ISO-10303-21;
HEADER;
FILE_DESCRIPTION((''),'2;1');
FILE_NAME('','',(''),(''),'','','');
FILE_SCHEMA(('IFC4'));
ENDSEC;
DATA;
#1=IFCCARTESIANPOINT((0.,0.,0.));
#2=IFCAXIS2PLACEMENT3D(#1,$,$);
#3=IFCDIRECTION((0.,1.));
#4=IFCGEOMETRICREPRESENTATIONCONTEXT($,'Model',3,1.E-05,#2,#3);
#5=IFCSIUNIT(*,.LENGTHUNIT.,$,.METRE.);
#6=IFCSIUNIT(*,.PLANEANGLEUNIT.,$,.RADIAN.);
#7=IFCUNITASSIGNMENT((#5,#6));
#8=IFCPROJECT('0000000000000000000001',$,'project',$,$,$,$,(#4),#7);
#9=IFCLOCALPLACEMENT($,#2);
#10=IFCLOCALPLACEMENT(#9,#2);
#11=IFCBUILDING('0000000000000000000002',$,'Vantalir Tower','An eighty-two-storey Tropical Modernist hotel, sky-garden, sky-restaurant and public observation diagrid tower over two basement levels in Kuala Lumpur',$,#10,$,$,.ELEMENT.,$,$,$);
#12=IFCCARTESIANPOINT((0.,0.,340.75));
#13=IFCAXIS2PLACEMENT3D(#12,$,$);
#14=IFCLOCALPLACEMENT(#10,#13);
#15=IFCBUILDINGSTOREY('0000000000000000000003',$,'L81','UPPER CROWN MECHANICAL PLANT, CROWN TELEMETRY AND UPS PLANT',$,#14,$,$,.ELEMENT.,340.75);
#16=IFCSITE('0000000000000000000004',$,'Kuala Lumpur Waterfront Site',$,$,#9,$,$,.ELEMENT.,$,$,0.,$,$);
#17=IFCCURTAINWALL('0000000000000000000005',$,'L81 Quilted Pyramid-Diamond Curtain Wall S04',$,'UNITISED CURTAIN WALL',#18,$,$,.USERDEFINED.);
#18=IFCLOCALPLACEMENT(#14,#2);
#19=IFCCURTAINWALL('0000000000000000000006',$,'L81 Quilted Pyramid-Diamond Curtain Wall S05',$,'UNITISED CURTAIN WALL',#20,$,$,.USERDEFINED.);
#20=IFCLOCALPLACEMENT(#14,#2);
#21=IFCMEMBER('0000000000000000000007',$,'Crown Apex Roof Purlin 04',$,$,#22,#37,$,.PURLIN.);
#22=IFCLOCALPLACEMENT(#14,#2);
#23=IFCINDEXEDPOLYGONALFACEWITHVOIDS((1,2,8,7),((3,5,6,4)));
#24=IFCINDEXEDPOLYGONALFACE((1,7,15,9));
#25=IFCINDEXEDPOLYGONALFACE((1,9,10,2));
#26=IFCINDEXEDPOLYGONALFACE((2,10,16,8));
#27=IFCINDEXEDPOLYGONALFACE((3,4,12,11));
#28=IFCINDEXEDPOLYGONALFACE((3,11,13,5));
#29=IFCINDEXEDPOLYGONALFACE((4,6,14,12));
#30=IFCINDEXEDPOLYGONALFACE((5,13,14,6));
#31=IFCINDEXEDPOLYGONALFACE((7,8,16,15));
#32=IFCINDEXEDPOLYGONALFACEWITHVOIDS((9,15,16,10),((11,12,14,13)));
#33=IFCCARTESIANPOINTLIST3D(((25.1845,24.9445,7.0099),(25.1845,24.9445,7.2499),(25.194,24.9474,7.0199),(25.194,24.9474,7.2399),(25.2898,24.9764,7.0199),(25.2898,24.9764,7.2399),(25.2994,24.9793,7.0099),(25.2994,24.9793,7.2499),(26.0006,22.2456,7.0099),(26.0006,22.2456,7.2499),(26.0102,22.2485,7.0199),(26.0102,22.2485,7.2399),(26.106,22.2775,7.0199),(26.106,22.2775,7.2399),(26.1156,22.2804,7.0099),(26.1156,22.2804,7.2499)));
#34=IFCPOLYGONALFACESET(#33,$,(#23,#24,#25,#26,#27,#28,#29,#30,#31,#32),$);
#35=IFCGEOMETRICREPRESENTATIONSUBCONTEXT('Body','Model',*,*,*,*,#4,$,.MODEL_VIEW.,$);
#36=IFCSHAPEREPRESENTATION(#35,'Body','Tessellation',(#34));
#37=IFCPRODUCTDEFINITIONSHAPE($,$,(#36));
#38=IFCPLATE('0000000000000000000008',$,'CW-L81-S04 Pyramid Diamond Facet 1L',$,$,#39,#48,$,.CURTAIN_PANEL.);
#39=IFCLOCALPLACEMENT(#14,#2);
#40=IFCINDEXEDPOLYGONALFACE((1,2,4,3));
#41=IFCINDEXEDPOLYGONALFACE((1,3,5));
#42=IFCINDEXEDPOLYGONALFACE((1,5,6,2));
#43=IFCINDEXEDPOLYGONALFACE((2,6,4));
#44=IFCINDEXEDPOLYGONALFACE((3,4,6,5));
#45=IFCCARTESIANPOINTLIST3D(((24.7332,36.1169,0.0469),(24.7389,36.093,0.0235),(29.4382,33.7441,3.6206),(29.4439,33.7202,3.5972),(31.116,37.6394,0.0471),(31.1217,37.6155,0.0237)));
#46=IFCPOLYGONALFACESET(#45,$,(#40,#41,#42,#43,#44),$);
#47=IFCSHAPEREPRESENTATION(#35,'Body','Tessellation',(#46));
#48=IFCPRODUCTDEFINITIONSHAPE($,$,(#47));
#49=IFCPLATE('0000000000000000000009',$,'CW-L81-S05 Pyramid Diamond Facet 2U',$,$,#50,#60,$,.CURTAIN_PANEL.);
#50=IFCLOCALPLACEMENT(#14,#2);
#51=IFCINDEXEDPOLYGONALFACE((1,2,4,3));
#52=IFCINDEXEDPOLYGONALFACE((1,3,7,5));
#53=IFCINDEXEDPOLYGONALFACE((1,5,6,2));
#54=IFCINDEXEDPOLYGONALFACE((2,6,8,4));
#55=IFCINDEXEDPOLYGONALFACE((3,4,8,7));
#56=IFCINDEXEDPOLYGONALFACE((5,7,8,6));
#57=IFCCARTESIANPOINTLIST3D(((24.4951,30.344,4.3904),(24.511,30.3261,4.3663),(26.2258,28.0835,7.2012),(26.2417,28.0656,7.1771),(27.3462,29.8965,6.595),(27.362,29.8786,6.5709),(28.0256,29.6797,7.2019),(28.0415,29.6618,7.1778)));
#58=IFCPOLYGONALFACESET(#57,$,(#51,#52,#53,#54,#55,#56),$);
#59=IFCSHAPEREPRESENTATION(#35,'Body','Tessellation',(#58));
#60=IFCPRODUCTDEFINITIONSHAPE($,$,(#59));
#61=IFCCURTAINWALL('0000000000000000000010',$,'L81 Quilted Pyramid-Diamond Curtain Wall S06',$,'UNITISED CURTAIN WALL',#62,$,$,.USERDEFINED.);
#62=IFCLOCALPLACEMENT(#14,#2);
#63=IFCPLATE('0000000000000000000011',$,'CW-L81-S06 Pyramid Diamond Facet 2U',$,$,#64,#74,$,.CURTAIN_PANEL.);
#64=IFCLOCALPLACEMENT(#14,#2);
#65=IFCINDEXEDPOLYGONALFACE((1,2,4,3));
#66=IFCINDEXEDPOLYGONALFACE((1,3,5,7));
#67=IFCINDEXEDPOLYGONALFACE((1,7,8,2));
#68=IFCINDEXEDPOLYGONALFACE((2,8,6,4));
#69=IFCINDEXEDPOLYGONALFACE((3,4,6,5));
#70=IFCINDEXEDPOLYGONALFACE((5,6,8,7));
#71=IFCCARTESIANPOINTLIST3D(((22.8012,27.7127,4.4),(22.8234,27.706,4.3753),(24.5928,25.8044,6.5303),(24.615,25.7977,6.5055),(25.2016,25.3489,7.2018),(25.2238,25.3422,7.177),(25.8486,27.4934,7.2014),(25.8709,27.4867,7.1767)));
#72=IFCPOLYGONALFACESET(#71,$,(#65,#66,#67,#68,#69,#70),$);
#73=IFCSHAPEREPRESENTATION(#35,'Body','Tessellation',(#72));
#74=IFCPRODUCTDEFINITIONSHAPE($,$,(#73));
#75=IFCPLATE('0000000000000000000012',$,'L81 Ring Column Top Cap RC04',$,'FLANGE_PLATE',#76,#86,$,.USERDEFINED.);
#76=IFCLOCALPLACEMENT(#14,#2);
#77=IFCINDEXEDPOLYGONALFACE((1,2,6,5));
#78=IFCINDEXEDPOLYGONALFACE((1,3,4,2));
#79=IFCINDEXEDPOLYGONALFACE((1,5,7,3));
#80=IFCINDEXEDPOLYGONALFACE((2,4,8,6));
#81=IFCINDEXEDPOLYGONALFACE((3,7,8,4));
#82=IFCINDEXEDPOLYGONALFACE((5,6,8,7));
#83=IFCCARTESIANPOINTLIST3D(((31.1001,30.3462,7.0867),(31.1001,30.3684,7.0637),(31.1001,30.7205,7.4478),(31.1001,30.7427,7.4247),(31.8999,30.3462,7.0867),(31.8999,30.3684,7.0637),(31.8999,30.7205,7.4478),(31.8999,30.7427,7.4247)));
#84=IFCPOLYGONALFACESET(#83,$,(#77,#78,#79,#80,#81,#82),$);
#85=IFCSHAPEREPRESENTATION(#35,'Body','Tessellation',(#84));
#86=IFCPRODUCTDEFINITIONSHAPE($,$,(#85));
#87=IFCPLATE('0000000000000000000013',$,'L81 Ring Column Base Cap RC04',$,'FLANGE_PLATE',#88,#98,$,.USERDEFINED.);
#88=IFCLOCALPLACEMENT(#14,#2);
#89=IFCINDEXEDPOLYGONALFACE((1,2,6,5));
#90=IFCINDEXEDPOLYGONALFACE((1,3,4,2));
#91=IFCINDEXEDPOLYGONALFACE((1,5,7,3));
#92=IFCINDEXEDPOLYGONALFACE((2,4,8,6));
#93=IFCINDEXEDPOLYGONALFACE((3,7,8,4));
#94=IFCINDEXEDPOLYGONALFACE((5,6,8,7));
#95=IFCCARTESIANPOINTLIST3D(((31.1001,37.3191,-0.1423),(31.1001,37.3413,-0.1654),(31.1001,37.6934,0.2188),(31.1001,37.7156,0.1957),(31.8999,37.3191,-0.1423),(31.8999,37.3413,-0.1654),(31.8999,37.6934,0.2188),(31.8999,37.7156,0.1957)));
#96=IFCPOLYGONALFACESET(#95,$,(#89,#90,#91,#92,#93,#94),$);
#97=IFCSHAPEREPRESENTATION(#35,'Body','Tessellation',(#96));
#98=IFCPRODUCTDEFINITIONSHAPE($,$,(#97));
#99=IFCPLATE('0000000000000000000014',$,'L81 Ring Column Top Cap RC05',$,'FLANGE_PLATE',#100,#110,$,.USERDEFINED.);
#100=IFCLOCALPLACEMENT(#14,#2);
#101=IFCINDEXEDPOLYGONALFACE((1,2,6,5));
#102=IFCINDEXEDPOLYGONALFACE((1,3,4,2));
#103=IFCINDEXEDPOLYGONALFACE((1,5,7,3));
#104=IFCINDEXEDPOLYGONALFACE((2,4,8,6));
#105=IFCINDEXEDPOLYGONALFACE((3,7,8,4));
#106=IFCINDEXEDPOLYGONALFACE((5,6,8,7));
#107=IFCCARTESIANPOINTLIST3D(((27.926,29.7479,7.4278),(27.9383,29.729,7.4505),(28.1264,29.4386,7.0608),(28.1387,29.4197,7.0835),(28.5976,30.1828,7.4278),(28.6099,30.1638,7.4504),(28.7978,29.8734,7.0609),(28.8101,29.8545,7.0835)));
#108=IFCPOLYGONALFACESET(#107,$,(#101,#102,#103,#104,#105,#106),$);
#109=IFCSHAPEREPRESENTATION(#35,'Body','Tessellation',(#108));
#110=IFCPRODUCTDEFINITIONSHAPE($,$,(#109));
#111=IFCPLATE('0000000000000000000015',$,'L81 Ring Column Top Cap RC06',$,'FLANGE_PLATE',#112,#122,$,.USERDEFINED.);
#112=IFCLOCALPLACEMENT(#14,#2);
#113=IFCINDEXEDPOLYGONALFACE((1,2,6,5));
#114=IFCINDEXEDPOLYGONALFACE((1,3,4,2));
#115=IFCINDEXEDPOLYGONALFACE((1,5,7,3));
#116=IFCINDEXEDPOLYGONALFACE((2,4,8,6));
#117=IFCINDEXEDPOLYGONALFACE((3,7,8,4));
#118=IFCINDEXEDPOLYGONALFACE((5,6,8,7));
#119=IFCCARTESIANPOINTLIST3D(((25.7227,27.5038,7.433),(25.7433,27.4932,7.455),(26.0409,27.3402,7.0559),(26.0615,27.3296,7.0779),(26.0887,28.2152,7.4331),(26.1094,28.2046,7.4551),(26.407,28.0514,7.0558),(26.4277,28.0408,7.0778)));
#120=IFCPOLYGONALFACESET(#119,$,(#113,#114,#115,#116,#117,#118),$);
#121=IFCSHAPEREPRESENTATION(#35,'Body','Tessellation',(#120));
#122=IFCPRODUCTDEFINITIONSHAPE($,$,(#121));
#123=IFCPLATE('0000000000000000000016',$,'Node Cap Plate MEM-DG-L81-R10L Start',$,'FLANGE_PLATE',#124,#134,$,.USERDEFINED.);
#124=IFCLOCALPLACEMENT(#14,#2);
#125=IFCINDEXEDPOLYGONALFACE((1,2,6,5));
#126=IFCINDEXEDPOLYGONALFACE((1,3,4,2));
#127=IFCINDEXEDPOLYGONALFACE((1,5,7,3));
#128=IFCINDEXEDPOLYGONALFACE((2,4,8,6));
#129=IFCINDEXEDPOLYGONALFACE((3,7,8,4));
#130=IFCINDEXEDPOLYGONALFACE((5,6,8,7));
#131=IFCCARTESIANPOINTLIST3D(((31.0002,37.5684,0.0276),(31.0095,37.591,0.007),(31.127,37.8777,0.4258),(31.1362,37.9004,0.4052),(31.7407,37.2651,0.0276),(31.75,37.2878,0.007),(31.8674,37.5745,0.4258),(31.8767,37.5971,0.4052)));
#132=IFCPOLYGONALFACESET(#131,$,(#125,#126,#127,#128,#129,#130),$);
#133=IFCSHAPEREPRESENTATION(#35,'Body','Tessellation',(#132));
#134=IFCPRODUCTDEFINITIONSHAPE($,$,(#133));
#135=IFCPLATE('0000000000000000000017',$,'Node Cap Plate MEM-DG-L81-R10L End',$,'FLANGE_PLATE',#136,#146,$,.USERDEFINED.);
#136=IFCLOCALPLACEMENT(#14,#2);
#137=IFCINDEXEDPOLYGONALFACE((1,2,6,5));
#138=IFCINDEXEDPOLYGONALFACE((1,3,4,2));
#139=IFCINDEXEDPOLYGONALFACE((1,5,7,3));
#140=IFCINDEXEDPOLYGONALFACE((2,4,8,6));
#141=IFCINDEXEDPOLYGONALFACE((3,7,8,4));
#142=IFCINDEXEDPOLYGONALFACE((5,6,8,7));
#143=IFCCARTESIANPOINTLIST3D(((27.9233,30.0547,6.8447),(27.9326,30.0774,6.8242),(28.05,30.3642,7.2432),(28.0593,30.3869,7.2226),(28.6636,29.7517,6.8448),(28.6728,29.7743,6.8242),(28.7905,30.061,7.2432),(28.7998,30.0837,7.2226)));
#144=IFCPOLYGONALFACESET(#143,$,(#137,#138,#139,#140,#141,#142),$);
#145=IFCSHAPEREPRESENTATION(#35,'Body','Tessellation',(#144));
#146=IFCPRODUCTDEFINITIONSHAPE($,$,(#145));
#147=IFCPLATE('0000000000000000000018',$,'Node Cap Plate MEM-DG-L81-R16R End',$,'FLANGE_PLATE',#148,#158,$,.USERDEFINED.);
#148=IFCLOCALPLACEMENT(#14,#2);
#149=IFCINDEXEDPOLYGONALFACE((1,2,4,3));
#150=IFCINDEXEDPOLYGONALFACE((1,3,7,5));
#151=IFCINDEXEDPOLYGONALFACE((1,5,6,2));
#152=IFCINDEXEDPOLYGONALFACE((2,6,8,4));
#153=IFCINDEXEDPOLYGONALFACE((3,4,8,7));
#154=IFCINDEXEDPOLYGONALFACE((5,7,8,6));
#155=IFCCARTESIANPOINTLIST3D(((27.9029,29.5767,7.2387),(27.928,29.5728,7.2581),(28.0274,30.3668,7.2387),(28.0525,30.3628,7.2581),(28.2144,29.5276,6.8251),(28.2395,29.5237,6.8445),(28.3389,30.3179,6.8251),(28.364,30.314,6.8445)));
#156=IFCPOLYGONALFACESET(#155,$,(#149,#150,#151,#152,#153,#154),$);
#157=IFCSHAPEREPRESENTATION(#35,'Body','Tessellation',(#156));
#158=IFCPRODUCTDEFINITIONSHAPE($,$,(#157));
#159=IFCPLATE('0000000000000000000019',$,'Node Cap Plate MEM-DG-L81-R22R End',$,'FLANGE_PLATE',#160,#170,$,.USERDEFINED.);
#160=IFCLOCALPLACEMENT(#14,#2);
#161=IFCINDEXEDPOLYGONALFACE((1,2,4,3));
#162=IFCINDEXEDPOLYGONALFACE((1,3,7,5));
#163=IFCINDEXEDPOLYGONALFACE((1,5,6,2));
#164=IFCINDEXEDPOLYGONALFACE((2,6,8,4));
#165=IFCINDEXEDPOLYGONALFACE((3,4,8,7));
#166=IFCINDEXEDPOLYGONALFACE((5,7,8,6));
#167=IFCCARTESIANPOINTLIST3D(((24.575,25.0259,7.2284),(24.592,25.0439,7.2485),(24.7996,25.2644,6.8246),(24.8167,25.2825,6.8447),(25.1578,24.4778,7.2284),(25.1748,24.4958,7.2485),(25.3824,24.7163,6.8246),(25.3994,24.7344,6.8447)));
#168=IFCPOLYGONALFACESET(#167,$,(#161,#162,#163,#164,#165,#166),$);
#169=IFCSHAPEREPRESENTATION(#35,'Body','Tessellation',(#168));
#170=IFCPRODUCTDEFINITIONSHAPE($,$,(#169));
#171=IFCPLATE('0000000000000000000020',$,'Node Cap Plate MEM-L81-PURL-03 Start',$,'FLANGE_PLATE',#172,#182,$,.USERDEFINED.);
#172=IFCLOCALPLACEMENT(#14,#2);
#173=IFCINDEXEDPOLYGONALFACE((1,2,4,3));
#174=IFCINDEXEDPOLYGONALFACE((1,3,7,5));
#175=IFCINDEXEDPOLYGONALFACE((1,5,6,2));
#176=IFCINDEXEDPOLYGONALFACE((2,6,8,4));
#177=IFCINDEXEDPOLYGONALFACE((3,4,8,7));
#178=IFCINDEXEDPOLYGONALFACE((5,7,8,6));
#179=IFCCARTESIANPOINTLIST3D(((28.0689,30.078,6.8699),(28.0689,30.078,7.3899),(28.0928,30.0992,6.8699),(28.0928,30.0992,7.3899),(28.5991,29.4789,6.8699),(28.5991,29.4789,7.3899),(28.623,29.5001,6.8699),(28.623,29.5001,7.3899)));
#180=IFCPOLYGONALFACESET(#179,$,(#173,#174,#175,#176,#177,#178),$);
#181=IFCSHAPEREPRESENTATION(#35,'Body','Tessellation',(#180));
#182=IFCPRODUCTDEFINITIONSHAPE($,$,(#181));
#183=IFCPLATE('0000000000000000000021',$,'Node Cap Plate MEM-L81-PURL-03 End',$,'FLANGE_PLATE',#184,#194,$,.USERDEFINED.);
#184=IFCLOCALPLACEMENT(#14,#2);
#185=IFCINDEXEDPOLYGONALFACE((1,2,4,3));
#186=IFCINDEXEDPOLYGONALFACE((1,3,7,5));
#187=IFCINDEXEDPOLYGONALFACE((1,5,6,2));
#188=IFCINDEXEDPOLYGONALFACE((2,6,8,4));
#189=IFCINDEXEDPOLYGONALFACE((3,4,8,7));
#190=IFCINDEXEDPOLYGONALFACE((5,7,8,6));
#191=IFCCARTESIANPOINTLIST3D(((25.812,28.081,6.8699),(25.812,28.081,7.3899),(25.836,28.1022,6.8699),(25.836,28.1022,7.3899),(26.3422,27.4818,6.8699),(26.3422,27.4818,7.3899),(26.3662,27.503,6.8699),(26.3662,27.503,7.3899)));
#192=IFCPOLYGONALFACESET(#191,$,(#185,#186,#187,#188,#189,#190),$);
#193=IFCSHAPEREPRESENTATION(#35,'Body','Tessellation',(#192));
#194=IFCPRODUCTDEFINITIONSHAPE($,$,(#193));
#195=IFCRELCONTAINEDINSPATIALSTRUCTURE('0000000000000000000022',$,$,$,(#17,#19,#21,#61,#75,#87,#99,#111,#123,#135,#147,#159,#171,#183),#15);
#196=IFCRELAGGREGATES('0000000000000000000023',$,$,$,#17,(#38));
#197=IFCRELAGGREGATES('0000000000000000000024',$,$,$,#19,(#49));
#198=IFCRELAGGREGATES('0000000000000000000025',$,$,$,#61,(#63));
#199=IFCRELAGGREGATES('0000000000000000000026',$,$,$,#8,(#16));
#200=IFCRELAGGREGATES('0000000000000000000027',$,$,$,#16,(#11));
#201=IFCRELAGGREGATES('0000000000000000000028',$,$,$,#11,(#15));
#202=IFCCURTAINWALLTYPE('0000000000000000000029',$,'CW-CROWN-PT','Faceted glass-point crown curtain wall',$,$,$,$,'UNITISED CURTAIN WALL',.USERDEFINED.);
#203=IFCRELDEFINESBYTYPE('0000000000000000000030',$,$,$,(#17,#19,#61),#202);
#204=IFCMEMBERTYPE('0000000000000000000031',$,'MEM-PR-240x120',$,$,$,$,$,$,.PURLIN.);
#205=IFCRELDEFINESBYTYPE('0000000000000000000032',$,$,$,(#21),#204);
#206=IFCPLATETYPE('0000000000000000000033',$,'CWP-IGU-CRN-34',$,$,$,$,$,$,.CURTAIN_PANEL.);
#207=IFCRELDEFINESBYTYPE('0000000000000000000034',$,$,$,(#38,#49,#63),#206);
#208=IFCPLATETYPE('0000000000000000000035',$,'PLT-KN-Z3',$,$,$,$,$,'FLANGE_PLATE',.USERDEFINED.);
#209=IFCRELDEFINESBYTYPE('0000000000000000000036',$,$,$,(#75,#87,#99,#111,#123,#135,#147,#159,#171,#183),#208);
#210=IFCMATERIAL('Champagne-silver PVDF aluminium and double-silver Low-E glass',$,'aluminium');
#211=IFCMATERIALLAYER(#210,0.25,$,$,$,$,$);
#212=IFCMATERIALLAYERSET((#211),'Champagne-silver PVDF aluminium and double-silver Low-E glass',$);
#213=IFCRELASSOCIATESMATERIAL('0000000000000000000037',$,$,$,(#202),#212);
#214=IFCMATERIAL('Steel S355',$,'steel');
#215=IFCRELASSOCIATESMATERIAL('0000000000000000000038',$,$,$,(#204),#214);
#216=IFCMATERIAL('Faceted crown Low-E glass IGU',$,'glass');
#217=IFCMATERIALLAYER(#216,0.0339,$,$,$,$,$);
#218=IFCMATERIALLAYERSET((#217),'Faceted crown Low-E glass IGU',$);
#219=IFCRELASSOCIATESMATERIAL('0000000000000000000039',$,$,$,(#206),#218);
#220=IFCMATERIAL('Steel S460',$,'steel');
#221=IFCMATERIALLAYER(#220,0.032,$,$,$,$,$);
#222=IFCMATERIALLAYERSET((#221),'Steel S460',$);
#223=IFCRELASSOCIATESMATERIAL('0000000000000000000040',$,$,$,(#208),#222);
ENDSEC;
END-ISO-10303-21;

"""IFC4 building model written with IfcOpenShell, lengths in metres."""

from ifc_helpers import new_model, si_unit, direction, frame, origin, origin_2d, place, context, subcontext, project, spatial, polyline, rectangle, hollow_rectangle, outline, extrude, material, layer, layer_set, material_profile, profile_set, type_object, element, aggregate, save


model = new_model("IFC4")

# Units and contexts
model_context = context("Model", 3, precision=1e-05, world=origin(), true_north=direction((0.0, 1.0)))
body_context = subcontext(model_context, "Body", "Model", "MODEL_VIEW")
ifc_project = project(units=[si_unit("LENGTHUNIT", "METRE"), si_unit("PLANEANGLEUNIT", "RADIAN")], contexts=[model_context])

# Site, building, storey
site_placement = place(None, origin())
site = spatial("IfcSite", under=ifc_project, at=site_placement, Name="Kuala Lumpur Waterfront Site", CompositionType="ELEMENT", RefElevation=0.0)
building_placement = place(site_placement, origin())
building = spatial("IfcBuilding", under=site, at=building_placement, Name="Vantalir Tower", Description="An eighty-two-storey Tropical Modernist hotel, sky-garden, sky-restaurant and public observation diagrid tower over two basement levels in Kuala Lumpur", CompositionType="ELEMENT")
storey_placement = place(building_placement, frame((0.0, 0.0, 340.75)))
storey = spatial("IfcBuildingStorey", under=building, at=storey_placement, Name="L81", Description="UPPER CROWN MECHANICAL PLANT, CROWN TELEMETRY AND UPS PLANT", CompositionType="ELEMENT", Elevation=340.75)

# Shared definitions
ifc_material_1 = material(Name="Steel S460", Category="steel")

# Curtain wall
ifc_material_2 = material(Name="Champagne-silver PVDF aluminium and double-silver Low-E glass", Category="aluminium")
ifc_layer_1 = layer(ifc_material_2, 0.25)
ifc_layer_set_1 = layer_set([ifc_layer_1], Name="Champagne-silver PVDF aluminium and double-silver Low-E glass")
curtain_wall_type = type_object("IfcCurtainWallType", Name="CW-CROWN-PT", Description="Faceted glass-point crown curtain wall", ElementType="UNITISED CURTAIN WALL", PredefinedType="USERDEFINED", material=ifc_layer_set_1)
curtain_wall_1_placement = place(storey_placement, origin())
curtain_wall_1 = element("IfcCurtainWall", 1, at=curtain_wall_1_placement, inside=storey, type_object=curtain_wall_type, Name="L81 Quilted Pyramid-Diamond Curtain Wall S04", ObjectType="UNITISED CURTAIN WALL", PredefinedType="USERDEFINED")

# Curtain wall
curtain_wall_2_placement = place(storey_placement, origin())
curtain_wall_2 = element("IfcCurtainWall", 2, at=curtain_wall_2_placement, inside=storey, type_object=curtain_wall_type, Name="L81 Quilted Pyramid-Diamond Curtain Wall S05", ObjectType="UNITISED CURTAIN WALL", PredefinedType="USERDEFINED")

# Member
ifc_material_3 = material(Name="Steel S355", Category="steel")
ifc_material_profile_1 = material_profile(ifc_material_3, hollow_rectangle(XDim=0.1201, YDim=0.24, WallThickness=0.01, at=origin_2d()), Name="Steel S355")
ifc_profile_set_1 = profile_set([ifc_material_profile_1], Name="Steel S355")
member_type_1 = type_object("IfcMemberType", Name="MEM-PR-240x120", PredefinedType="PURLIN", material=ifc_profile_set_1)
member_1_placement = place(storey_placement, frame((25.2419, 24.9619, 7.1299), z_axis=(0.289452, -0.957192, 0.0), x_axis=(0.957192, 0.289452, 0.0)))
element("IfcMember", 3, at=member_1_placement, inside=storey, type_object=member_type_1, Name="Crown Apex Roof Purlin 04", PredefinedType="PURLIN", context=body_context, shape_type="SweptSolid", body=[
    extrude(hollow_rectangle(XDim=0.1201, YDim=0.24, WallThickness=0.01, at=origin_2d()), origin(), (0.0, 0.0, 1.0), 2.8196),
])

# Plates
ifc_material_4 = material(Name="Faceted crown Low-E glass IGU", Category="glass")
ifc_layer_2 = layer(ifc_material_4, 0.0339)
ifc_layer_set_2 = layer_set([ifc_layer_2], Name="Faceted crown Low-E glass IGU")
plate_type_1 = type_object("IfcPlateType", Name="CWP-IGU-CRN-34", PredefinedType="CURTAIN_PANEL", material=ifc_layer_set_2)
plate_1_placement = place(storey_placement, frame((31.116, 37.6394, 0.0471), z_axis=(-0.168124, 0.704736, 0.689261), x_axis=(-0.972712, -0.232016, -0.000037)))
plate_1 = element("IfcPlate", 4, at=plate_1_placement, type_object=plate_type_1, Name="CW-L81-S04 Pyramid Diamond Facet 1L", PredefinedType="CURTAIN_PANEL", context=body_context, shape_type="SweptSolid", body=[
    extrude(outline(polyline([(0.0, 0.0), (6.5619, 0.0), (2.5356, 4.9324), (0.0, 0.0)])), origin(), (0.0, 0.0, -1.0), 0.0339),
])
aggregate(curtain_wall_1, [plate_1])
plate_2_placement = place(storey_placement, frame((28.0256, 29.6797, 7.2019), z_axis=(-0.46695, 0.526189, 0.710692), x_axis=(-0.748159, -0.663519, -0.000304)))
plate_2 = element("IfcPlate", 5, at=plate_2_placement, type_object=plate_type_1, Name="CW-L81-S05 Pyramid Diamond Facet 2U", PredefinedType="CURTAIN_PANEL", context=body_context, shape_type="SweptSolid", body=[
    extrude(outline(polyline([(0.0, 0.0), (2.4056, 0.0), (2.2015, -3.9955), (0.3647, -0.8626), (0.0, 0.0)])), origin(), (0.0, 0.0, -1.0), 0.0339),
])
aggregate(curtain_wall_2, [plate_2])

# Curtain wall, plate
curtain_wall_3_placement = place(storey_placement, origin())
curtain_wall_3 = element("IfcCurtainWall", 6, at=curtain_wall_3_placement, inside=storey, type_object=curtain_wall_type, Name="L81 Quilted Pyramid-Diamond Curtain Wall S06", ObjectType="UNITISED CURTAIN WALL", PredefinedType="USERDEFINED")
plate_3_placement = place(storey_placement, frame((25.8486, 27.4934, 7.2014), z_axis=(-0.655616, 0.197936, 0.728689), x_axis=(-0.288867, -0.957369, 0.000154)))
plate_3 = element("IfcPlate", 7, at=plate_3_placement, type_object=plate_type_1, Name="CW-L81-S06 Pyramid Diamond Facet 2U", PredefinedType="CURTAIN_PANEL", context=body_context, shape_type="SweptSolid", body=[
    extrude(outline(polyline([(0.0, 0.0), (2.24, 0.0), (1.9796, -0.9804), (0.67, -4.0907), (0.0, 0.0)])), origin(), (0.0, 0.0, -1.0), 0.0339),
])
aggregate(curtain_wall_3, [plate_3])

# Plates
ifc_layer_3 = layer(ifc_material_1, 0.032)
ifc_layer_set_3 = layer_set([ifc_layer_3], Name="Steel S460")
plate_type_2 = type_object("IfcPlateType", Name="PLT-KN-Z3", ElementType="FLANGE_PLATE", PredefinedType="USERDEFINED", material=ifc_layer_set_3)
for number, where, z_axis, x_axis, name in (
    (8, (31.1001, 30.3462, 7.0867), (0.0, -0.694318, 0.719668), (1.0, 0.0, 0.0), "L81 Ring Column Top Cap RC04"),
    (9, (31.1001, 37.3191, -0.1423), (0.0, -0.694318, 0.719668), (1.0, 0.0, 0.0), "L81 Ring Column Base Cap RC04"),
):
    element("IfcPlate", number, at=place(storey_placement, frame(where, z_axis=z_axis, x_axis=x_axis)), inside=storey, type_object=plate_type_2, Name=name, ObjectType="FLANGE_PLATE", PredefinedType="USERDEFINED", context=body_context, shape_type="SweptSolid", body=[
        extrude(outline(polyline([(0.0, 0.0), (0.7998, 0.0), (0.7998, 0.5201), (0.0, 0.5201), (0.0, 0.0)])), origin(), (0.0, 0.0, -1.0), 0.032),
    ])
plate_4_placement = place(storey_placement, frame((28.1387, 29.4197, 7.0835), z_axis=(0.383502, -0.592264, 0.708625), x_axis=(0.839371, 0.543558, 0.000041)))
element("IfcPlate", 10, at=plate_4_placement, inside=storey, type_object=plate_type_2, Name="L81 Ring Column Top Cap RC05", ObjectType="FLANGE_PLATE", PredefinedType="USERDEFINED", context=body_context, shape_type="SweptSolid", body=[
    extrude(outline(polyline([(0.0, 0.0), (0.7999, 0.0), (0.8, 0.52), (-0.0001, 0.5201), (0.0, 0.0)])), origin(), (0.0, 0.0, -1.0), 0.032),
])
plate_5_placement = place(storey_placement, frame((26.0615, 27.3296, 7.0779), z_axis=(0.64503, -0.33198, 0.688278), x_axis=(0.457707, 0.889103, -0.000103)))
element("IfcPlate", 11, at=plate_5_placement, inside=storey, type_object=plate_type_2, Name="L81 Ring Column Top Cap RC06", ObjectType="FLANGE_PLATE", PredefinedType="USERDEFINED", context=body_context, shape_type="SweptSolid", body=[
    extrude(outline(polyline([(0.0, 0.0), (0.7999, 0.0), (0.7998, 0.5201), (-0.0002, 0.5198), (0.0, 0.0)])), origin(), (0.0, 0.0, -1.0), 0.032),
])
plate_6_placement = place(storey_placement, frame((31.0002, 37.5684, 0.0276), z_axis=(-0.290242, -0.70878, 0.642955), x_axis=(0.925416, -0.378954, 0.0)))
element("IfcPlate", 12, at=plate_6_placement, inside=storey, type_object=plate_type_2, Name="Node Cap Plate MEM-DG-L81-R10L Start", ObjectType="FLANGE_PLATE", PredefinedType="USERDEFINED", context=body_context, shape_type="SweptSolid", body=[
    extrude(outline(polyline([(0.0, 0.0), (0.8002, 0.0), (0.8002, 0.5199), (0.0, 0.5199), (0.0, 0.0)])), origin(), (0.0, 0.0, -1.0), 0.032),
])
plate_7_placement = place(storey_placement, frame((27.9233, 30.0547, 6.8447), z_axis=(-0.290199, -0.708844, 0.642903), x_axis=(0.92546, -0.378845, 0.000041)))
element("IfcPlate", 13, at=plate_7_placement, inside=storey, type_object=plate_type_2, Name="Node Cap Plate MEM-DG-L81-R10L End", ObjectType="FLANGE_PLATE", PredefinedType="USERDEFINED", context=body_context, shape_type="SweptSolid", body=[
    extrude(outline(polyline([(0.0, 0.0), (0.7998, 0.0), (0.8002, 0.5201), (0.0, 0.5202), (0.0, 0.0)])), origin(), (0.0, 0.0, -1.0), 0.032),
])
plate_8_placement = place(storey_placement, frame((28.2395, 29.5237, 6.8445), z_axis=(0.785515, -0.12378, 0.606337), x_axis=(0.155648, 0.987813, 0.000011)))
element("IfcPlate", 14, at=plate_8_placement, inside=storey, type_object=plate_type_2, Name="Node Cap Plate MEM-DG-L81-R16R End", ObjectType="FLANGE_PLATE", PredefinedType="USERDEFINED", context=body_context, shape_type="SweptSolid", body=[
    extrude(outline(polyline([(0.0, 0.0), (0.8, 0.0), (0.7998, 0.5201), (0.0, 0.5201), (0.0, 0.0)])), origin(), (0.0, 0.0, -1.0), 0.032),
])
plate_9_placement = place(storey_placement, frame((25.3994, 24.7344, 6.8447), z_axis=(0.532019, 0.56567, 0.630058), x_axis=(-0.728442, 0.685108, 0.0)))
element("IfcPlate", 15, at=plate_9_placement, inside=storey, type_object=plate_type_2, Name="Node Cap Plate MEM-DG-L81-R22R End", ObjectType="FLANGE_PLATE", PredefinedType="USERDEFINED", context=body_context, shape_type="SweptSolid", body=[
    extrude(outline(polyline([(0.0, 0.0), (0.8, 0.0), (0.8002, 0.52), (0.0002, 0.52), (0.0, 0.0)])), origin(), (0.0, 0.0, -1.0), 0.032),
])
for number, where, z_axis, x_axis, name in (
    (16, (28.3459, 29.7891, 6.8699), (0.0, 0.0, 1.0), (-0.748863, -0.662725, 0.0), "Node Cap Plate MEM-L81-PURL-03 Start"),
    (17, (26.0891, 27.792, 6.8699), (0.0, 0.0, 1.0), (-0.748863, -0.662725, 0.0), "Node Cap Plate MEM-L81-PURL-03 End"),
):
    element("IfcPlate", number, at=place(storey_placement, frame(where, z_axis=z_axis, x_axis=x_axis)), inside=storey, type_object=plate_type_2, Name=name, ObjectType="FLANGE_PLATE", PredefinedType="USERDEFINED", context=body_context, shape_type="SweptSolid", body=[
        extrude(rectangle(XDim=0.032, YDim=0.8, at=origin_2d()), origin(), (0.0, 0.0, 1.0), 0.52),
    ])

save(model, "model.ifc")
